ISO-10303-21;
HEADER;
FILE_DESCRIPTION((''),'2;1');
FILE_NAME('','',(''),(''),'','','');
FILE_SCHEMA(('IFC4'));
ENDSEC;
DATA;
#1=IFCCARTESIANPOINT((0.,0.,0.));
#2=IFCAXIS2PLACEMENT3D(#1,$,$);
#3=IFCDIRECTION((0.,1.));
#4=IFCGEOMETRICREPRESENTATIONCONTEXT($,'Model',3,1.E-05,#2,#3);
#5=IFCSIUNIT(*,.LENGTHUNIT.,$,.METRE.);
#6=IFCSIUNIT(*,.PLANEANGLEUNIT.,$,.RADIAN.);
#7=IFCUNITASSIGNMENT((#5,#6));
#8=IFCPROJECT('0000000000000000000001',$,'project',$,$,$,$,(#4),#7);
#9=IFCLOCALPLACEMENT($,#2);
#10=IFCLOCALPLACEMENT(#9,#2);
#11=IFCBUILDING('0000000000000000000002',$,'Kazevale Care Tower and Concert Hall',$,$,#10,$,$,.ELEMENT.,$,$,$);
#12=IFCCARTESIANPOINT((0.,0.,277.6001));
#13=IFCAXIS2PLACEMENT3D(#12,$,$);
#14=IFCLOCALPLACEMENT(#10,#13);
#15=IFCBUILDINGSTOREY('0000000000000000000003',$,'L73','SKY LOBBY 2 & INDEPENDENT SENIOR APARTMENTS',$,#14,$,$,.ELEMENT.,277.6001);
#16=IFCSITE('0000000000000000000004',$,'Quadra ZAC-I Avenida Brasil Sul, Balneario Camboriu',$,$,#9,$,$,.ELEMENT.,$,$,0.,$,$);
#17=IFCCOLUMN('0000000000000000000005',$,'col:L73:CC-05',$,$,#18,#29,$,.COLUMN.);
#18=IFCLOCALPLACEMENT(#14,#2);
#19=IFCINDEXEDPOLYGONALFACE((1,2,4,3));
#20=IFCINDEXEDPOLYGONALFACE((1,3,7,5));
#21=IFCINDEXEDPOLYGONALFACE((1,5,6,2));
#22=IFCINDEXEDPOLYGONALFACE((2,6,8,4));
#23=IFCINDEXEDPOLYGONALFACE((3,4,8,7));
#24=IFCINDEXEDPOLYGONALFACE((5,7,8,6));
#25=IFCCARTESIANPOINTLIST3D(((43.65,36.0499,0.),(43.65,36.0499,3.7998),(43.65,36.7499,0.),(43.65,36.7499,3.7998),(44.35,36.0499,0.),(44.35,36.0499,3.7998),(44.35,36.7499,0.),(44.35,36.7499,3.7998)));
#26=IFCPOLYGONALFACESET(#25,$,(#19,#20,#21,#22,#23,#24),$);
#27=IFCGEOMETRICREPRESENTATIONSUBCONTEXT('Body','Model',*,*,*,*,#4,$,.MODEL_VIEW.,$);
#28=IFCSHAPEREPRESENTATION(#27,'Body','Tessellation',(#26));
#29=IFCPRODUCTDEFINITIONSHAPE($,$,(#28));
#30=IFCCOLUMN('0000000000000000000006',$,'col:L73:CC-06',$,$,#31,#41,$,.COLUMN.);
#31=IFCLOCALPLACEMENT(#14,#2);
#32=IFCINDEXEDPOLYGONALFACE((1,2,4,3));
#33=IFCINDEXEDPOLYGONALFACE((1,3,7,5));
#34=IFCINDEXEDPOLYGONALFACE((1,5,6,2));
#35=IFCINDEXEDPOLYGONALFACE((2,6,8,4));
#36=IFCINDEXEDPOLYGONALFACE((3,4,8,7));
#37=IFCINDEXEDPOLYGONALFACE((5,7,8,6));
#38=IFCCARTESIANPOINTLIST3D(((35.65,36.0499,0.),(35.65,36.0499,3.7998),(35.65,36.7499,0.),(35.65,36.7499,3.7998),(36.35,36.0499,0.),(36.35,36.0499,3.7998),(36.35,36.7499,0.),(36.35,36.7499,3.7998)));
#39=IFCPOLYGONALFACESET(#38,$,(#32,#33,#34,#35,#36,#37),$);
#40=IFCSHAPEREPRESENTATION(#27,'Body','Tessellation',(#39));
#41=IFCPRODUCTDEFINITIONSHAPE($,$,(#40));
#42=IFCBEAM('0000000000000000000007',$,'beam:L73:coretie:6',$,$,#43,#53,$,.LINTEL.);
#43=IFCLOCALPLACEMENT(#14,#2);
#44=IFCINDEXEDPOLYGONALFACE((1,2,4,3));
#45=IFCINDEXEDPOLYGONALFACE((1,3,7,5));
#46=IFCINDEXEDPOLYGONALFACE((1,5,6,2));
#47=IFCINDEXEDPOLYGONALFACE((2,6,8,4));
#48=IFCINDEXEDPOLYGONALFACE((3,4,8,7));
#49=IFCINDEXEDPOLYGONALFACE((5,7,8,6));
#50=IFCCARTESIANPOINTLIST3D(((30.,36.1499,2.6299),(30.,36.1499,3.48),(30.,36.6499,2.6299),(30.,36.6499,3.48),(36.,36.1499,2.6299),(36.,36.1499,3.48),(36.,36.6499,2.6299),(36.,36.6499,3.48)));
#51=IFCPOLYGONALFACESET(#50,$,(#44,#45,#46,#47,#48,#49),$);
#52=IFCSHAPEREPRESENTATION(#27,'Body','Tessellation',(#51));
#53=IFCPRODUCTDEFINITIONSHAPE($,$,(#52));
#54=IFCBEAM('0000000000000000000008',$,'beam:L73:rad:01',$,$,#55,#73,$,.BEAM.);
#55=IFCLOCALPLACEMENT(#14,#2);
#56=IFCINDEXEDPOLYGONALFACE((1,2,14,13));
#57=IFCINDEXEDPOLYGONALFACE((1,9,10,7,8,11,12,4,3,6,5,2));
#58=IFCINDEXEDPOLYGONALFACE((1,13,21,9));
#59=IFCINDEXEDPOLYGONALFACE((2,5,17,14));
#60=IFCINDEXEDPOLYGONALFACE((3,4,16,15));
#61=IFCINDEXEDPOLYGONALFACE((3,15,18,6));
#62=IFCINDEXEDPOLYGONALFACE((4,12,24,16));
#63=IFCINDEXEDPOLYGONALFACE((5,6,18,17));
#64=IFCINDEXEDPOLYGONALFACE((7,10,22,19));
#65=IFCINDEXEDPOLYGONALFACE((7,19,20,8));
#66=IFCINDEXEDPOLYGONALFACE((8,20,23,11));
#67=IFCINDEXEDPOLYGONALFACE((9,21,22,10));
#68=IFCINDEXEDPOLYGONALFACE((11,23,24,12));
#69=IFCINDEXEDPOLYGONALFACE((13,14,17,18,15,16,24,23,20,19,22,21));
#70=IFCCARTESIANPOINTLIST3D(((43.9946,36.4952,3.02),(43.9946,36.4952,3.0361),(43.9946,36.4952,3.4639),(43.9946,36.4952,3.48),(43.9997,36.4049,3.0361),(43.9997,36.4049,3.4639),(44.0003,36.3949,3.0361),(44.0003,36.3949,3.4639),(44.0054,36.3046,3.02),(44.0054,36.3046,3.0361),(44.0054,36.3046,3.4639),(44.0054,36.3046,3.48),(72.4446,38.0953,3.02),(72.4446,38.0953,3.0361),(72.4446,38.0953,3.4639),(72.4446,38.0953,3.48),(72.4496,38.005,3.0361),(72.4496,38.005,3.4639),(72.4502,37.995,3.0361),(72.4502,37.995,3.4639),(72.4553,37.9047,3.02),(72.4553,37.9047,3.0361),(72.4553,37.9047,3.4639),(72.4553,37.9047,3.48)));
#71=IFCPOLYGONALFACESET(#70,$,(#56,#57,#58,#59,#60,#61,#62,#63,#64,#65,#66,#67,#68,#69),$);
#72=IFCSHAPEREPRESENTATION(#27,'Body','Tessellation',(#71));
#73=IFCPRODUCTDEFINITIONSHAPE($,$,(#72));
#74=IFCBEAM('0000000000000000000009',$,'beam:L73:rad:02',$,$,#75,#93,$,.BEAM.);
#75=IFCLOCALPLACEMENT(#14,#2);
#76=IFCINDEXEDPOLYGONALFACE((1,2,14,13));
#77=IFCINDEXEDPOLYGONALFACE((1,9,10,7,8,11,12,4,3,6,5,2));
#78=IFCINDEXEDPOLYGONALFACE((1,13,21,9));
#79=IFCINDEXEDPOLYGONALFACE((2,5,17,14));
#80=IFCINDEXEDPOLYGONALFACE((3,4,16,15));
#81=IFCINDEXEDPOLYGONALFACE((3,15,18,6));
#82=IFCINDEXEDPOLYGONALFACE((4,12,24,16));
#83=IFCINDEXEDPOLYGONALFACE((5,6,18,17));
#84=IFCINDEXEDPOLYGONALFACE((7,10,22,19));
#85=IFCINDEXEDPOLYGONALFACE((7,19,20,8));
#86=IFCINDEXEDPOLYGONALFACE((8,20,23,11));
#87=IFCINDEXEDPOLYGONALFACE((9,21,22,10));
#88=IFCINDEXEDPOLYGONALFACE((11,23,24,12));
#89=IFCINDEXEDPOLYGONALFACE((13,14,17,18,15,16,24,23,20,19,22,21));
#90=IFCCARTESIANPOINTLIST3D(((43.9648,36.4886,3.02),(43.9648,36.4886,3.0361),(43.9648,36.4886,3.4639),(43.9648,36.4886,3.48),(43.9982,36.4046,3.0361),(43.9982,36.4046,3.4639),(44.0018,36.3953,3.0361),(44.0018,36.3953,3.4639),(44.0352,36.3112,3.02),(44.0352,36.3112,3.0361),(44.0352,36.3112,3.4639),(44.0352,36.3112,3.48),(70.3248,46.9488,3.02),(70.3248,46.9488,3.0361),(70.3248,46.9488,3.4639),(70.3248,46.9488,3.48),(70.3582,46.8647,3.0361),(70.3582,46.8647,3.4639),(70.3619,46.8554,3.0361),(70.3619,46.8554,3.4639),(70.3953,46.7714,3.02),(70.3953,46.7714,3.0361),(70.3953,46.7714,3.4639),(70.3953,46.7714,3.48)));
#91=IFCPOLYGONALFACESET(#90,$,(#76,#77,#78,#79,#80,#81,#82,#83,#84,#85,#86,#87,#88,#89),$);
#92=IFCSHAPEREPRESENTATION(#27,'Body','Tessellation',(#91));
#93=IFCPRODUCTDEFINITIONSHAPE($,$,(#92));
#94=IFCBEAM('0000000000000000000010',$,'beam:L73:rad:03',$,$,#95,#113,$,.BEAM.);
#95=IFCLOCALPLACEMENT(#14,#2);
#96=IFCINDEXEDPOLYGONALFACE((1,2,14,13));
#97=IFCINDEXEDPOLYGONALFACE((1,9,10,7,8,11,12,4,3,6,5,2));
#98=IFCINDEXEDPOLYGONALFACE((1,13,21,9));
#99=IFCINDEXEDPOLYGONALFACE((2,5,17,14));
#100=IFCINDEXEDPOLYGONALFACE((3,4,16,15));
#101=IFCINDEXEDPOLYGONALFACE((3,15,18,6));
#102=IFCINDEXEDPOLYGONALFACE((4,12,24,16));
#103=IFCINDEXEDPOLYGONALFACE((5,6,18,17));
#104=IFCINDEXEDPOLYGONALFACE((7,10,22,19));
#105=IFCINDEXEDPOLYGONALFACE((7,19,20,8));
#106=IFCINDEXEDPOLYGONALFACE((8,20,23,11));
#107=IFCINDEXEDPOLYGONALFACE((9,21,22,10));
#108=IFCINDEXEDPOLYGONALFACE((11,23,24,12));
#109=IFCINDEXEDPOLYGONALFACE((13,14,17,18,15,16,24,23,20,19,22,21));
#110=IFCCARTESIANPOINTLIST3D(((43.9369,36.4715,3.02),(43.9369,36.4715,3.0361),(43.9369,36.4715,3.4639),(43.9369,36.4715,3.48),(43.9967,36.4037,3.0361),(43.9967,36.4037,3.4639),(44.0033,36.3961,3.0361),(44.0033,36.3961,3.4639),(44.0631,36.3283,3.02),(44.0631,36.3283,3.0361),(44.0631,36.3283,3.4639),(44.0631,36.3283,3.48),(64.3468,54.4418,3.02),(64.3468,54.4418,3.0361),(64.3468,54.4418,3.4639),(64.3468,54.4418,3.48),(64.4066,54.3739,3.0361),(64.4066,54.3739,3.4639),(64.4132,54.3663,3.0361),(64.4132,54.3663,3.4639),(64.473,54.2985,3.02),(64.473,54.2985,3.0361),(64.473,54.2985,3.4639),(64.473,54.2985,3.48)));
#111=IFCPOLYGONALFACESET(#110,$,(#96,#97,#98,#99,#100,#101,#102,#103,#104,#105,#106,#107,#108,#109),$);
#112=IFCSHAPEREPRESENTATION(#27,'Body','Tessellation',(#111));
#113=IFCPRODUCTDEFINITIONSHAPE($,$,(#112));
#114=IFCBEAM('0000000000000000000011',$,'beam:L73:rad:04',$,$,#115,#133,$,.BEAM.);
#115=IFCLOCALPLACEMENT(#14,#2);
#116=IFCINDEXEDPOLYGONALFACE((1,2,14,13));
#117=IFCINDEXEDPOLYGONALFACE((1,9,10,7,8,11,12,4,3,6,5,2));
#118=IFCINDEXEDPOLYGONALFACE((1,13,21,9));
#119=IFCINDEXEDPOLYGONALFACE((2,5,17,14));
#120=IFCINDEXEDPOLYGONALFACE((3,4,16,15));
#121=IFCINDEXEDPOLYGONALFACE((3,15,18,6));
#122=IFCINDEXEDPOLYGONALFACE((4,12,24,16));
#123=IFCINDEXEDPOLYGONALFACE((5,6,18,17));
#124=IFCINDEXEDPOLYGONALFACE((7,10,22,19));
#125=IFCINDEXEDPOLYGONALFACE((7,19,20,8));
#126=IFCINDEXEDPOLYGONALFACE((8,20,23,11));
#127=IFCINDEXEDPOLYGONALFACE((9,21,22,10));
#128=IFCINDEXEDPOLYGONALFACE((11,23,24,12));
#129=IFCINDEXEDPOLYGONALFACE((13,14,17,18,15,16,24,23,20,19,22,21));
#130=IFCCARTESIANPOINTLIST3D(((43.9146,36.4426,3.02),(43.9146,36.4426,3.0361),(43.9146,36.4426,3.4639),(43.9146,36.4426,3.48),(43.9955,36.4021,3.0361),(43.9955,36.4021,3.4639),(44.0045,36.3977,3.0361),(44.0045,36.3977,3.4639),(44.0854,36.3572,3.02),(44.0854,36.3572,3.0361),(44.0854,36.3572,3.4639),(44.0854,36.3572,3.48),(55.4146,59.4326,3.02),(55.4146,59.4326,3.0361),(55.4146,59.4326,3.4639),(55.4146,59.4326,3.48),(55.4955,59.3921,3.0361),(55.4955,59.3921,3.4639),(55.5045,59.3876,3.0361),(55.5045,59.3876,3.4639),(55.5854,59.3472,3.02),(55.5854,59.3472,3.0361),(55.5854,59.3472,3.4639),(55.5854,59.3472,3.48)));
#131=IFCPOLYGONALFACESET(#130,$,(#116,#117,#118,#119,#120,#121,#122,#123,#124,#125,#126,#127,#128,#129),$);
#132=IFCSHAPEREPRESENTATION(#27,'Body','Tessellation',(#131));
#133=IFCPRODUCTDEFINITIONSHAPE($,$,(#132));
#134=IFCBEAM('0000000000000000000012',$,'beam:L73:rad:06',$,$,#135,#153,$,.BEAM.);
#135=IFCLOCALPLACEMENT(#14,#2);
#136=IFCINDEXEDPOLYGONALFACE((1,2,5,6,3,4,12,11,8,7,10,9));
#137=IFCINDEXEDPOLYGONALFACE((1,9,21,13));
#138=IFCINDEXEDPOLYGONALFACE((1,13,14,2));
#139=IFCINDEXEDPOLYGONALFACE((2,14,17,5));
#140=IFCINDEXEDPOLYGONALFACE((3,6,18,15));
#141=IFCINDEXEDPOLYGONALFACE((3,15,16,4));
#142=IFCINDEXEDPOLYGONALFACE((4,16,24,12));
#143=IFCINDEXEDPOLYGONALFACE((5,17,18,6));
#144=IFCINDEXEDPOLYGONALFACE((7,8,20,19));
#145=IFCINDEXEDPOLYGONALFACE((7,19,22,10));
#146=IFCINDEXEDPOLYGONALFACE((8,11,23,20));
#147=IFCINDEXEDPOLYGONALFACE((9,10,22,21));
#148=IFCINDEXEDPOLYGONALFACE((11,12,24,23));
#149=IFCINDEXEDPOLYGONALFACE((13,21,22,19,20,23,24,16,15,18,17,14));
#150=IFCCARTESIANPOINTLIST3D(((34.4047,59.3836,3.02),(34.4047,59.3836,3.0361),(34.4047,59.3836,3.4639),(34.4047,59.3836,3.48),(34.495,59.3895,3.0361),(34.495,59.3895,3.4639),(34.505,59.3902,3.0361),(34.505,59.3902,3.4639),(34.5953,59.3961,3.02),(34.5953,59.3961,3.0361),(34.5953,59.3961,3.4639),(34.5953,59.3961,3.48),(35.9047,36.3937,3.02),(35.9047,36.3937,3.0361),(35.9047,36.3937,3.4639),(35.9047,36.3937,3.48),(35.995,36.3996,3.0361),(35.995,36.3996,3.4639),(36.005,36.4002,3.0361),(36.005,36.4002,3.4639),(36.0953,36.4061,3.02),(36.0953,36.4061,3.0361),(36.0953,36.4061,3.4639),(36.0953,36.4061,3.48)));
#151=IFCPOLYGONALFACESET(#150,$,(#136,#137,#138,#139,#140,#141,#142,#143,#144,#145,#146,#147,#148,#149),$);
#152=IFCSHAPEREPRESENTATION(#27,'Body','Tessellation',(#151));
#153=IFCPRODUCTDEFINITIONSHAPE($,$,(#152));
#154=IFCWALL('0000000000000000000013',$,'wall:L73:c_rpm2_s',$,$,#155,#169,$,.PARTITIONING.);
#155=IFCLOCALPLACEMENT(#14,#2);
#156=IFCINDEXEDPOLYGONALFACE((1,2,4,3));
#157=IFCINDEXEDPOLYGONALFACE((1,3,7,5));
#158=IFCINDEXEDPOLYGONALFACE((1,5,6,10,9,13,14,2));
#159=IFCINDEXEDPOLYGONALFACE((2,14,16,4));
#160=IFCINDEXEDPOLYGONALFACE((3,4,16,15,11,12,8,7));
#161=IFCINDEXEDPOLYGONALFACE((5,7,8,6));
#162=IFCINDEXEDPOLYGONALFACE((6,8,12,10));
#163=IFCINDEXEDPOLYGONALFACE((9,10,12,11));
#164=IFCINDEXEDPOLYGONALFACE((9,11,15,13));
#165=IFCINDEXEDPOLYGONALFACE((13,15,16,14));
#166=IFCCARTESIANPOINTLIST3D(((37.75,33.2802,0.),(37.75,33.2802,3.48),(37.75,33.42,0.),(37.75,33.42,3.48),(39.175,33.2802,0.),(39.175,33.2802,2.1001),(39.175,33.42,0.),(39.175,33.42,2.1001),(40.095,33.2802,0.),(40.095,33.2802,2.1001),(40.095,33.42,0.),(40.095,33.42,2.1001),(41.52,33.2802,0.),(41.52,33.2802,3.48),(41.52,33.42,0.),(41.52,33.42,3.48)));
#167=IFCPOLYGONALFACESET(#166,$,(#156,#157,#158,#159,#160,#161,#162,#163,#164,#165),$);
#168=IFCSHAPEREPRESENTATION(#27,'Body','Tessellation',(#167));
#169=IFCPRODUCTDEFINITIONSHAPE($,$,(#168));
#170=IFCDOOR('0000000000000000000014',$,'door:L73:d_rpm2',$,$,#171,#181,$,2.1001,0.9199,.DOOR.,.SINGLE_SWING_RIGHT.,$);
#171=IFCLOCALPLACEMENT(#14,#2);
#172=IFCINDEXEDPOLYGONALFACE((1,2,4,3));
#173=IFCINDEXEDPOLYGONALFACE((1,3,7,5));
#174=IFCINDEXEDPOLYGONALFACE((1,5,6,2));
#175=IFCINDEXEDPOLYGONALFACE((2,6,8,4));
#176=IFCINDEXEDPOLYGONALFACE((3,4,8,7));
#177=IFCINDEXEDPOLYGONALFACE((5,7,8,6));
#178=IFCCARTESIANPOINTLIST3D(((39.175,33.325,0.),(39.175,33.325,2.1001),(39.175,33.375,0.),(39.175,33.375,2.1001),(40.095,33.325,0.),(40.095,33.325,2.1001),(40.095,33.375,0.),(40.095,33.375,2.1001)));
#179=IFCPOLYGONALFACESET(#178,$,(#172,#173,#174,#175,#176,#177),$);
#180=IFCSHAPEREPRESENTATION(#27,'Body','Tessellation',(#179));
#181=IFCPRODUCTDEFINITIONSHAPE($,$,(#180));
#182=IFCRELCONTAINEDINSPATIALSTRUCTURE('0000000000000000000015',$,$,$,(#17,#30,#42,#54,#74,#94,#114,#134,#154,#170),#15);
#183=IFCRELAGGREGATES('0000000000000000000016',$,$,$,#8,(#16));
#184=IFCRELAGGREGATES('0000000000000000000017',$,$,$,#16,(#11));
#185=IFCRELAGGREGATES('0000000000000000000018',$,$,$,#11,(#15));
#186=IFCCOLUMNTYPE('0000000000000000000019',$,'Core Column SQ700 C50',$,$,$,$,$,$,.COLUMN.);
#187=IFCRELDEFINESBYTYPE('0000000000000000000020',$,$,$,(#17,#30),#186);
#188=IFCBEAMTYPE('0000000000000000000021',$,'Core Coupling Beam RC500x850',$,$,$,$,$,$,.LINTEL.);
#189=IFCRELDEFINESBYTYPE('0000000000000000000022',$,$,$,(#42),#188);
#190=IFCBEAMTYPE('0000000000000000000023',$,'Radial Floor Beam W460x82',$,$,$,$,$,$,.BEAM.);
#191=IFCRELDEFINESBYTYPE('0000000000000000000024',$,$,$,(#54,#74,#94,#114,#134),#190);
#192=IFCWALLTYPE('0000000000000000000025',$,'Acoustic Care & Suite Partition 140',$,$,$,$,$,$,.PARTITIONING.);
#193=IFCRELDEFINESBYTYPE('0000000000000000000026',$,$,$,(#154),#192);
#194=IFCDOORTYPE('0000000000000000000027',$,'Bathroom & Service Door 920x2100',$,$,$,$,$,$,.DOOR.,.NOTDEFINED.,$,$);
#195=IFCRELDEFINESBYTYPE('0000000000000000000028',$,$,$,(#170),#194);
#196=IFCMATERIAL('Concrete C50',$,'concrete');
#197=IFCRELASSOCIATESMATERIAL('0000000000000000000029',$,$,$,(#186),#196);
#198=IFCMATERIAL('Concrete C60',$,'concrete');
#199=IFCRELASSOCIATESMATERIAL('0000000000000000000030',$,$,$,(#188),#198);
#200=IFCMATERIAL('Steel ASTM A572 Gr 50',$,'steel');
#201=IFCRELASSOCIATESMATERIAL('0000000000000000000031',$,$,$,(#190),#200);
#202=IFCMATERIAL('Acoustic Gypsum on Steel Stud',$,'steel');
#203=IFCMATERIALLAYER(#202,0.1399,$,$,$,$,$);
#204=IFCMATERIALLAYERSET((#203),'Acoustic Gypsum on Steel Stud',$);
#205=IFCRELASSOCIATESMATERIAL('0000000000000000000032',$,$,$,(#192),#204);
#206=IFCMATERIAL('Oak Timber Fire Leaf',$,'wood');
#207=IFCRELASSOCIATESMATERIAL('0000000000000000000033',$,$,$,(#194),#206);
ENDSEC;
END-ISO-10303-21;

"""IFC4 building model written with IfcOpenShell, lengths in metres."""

from ifc_helpers import new_model, si_unit, direction, frame, frame_2d, origin, origin_2d, place, context, subcontext, project, spatial, rectangle, i_section, extrude, material, layer, layer_set, material_profile, profile_set, type_object, element, fill, save


model = new_model("IFC4")

# Units and contexts
model_context = context("Model", 3, precision=1e-05, world=origin(), true_north=direction((0.0, 1.0)))
body_context = subcontext(model_context, "Body", "Model", "MODEL_VIEW")
ifc_project = project(units=[si_unit("LENGTHUNIT", "METRE"), si_unit("PLANEANGLEUNIT", "RADIAN")], contexts=[model_context])

# Site, building, storey
site_placement = place(None, origin())
site = spatial("IfcSite", under=ifc_project, at=site_placement, Name="Quadra ZAC-I Avenida Brasil Sul, Balneario Camboriu", CompositionType="ELEMENT", RefElevation=0.0)
building_placement = place(site_placement, origin())
building = spatial("IfcBuilding", under=site, at=building_placement, Name="Kazevale Care Tower and Concert Hall", CompositionType="ELEMENT")
storey_placement = place(building_placement, frame((0.0, 0.0, 277.6001)))
storey = spatial("IfcBuildingStorey", under=building, at=storey_placement, Name="L73", Description="SKY LOBBY 2 & INDEPENDENT SENIOR APARTMENTS", CompositionType="ELEMENT", Elevation=277.6001)

# Columns
ifc_material_1 = material(Name="Concrete C50", Category="concrete")
ifc_material_profile_1 = material_profile(ifc_material_1, rectangle(XDim=0.7, YDim=0.7, at=origin_2d()), Name="RC-SQ700")
ifc_profile_set_1 = profile_set([ifc_material_profile_1], Name="Concrete C50")
column_type = type_object("IfcColumnType", Name="Core Column SQ700 C50", PredefinedType="COLUMN", material=ifc_profile_set_1)
for number, where, z_axis, x_axis, name in (
    (1, (44.0, 36.3999, 0.0), (0.0, 0.0, 1.0), (1.0, 0.0, 0.0), "col:L73:CC-05"),
    (2, (36.0, 36.3999, 0.0), (0.0, 0.0, 1.0), (1.0, 0.0, 0.0), "col:L73:CC-06"),
):
    element("IfcColumn", number, at=place(storey_placement, frame(where, z_axis=z_axis, x_axis=x_axis)), inside=storey, type_object=column_type, Name=name, PredefinedType="COLUMN", context=body_context, shape_type="SweptSolid", body=[
        extrude(rectangle(XDim=0.7, YDim=0.7, at=origin_2d()), origin(), (0.0, 0.0, 1.0), 3.7998),
    ])

# Beams
ifc_material_2 = material(Name="Concrete C60", Category="concrete")
ifc_material_profile_2 = material_profile(ifc_material_2, rectangle(XDim=0.5, YDim=0.8501, at=origin_2d()), Name="RC-B500x850")
ifc_profile_set_2 = profile_set([ifc_material_profile_2], Name="Concrete C60")
beam_type_1 = type_object("IfcBeamType", Name="Core Coupling Beam RC500x850", PredefinedType="LINTEL", material=ifc_profile_set_2)
beam_1_placement = place(storey_placement, frame((36.0, 36.3999, 3.0549), z_axis=(-1.0, 0.0, 0.0), x_axis=(0.0, -1.0, 0.0)))
element("IfcBeam", 3, at=beam_1_placement, inside=storey, type_object=beam_type_1, Name="beam:L73:coretie:6", PredefinedType="LINTEL", context=body_context, shape_type="SweptSolid", body=[
    extrude(rectangle(XDim=0.5, YDim=0.8501, at=origin_2d()), origin(), (0.0, 0.0, 1.0), 6.0),
])
ifc_material_3 = material(Name="Steel ASTM A572 Gr 50", Category="steel")
ifc_material_profile_3 = material_profile(ifc_material_3, i_section(OverallWidth=0.1909, OverallDepth=0.46, WebThickness=0.01, FlangeThickness=0.0161, at=origin_2d()), Name="W460x82")
ifc_profile_set_3 = profile_set([ifc_material_profile_3], Name="Steel ASTM A572 Gr 50")
beam_type_2 = type_object("IfcBeamType", Name="Radial Floor Beam W460x82", PredefinedType="BEAM", material=ifc_profile_set_3)
beam_2_placement = place(storey_placement, frame((44.0, 36.3999, 3.25), z_axis=(0.998422, 0.056154, 0.0), x_axis=(-0.056154, 0.998422, 0.0)))
element("IfcBeam", 4, at=beam_2_placement, inside=storey, type_object=beam_type_2, Name="beam:L73:rad:01", PredefinedType="BEAM", context=body_context, shape_type="SweptSolid", body=[
    extrude(i_section(OverallWidth=0.1909, OverallDepth=0.46, WebThickness=0.01, FlangeThickness=0.0161, at=origin_2d()), origin(), (0.0, 0.0, 1.0), 28.4949),
])
beam_3_placement = place(storey_placement, frame((44.0, 36.3999, 3.25), z_axis=(0.929493, 0.368841, 0.0), x_axis=(-0.368841, 0.929493, 0.0)))
element("IfcBeam", 5, at=beam_3_placement, inside=storey, type_object=beam_type_2, Name="beam:L73:rad:02", PredefinedType="BEAM", context=body_context, shape_type="SweptSolid", body=[
    extrude(i_section(OverallWidth=0.1909, OverallDepth=0.46, WebThickness=0.01, FlangeThickness=0.0161, at=origin_2d()), origin(), (0.0, 0.0, 1.0), 28.3596),
])
beam_4_placement = place(storey_placement, frame((44.0, 36.3999, 3.25), z_axis=(0.75054, 0.660825, 0.0), x_axis=(-0.660825, 0.75054, 0.0)))
element("IfcBeam", 6, at=beam_4_placement, inside=storey, type_object=beam_type_2, Name="beam:L73:rad:03", PredefinedType="BEAM", context=body_context, shape_type="SweptSolid", body=[
    extrude(i_section(OverallWidth=0.1909, OverallDepth=0.46, WebThickness=0.01, FlangeThickness=0.0161, at=origin_2d()), origin(), (0.0, 0.0, 1.0), 27.1936),
])
beam_5_placement = place(storey_placement, frame((44.0, 36.3999, 3.25), z_axis=(0.447369, 0.894349, 0.0), x_axis=(-0.894349, 0.447369, 0.0)))
element("IfcBeam", 7, at=beam_5_placement, inside=storey, type_object=beam_type_2, Name="beam:L73:rad:04", PredefinedType="BEAM", context=body_context, shape_type="SweptSolid", body=[
    extrude(i_section(OverallWidth=0.1909, OverallDepth=0.46, WebThickness=0.01, FlangeThickness=0.0161, at=origin_2d()), origin(), (0.0, 0.0, 1.0), 25.7058),
])
beam_6_placement = place(storey_placement, frame((36.0, 36.3999, 3.25), z_axis=(-0.065107, 0.997878, 0.0), x_axis=(-0.997878, -0.065107, 0.0)))
element("IfcBeam", 8, at=beam_6_placement, inside=storey, type_object=beam_type_2, Name="beam:L73:rad:06", PredefinedType="BEAM", context=body_context, shape_type="SweptSolid", body=[
    extrude(i_section(OverallWidth=0.1909, OverallDepth=0.46, WebThickness=0.01, FlangeThickness=0.0161, at=origin_2d()), origin(), (0.0, 0.0, 1.0), 23.0388),
])

# Wall, opening, door
ifc_material_4 = material(Name="Acoustic Gypsum on Steel Stud", Category="steel")
ifc_layer_1 = layer(ifc_material_4, 0.1399)
ifc_layer_set_1 = layer_set([ifc_layer_1], Name="Acoustic Gypsum on Steel Stud")
wall_type_1 = type_object("IfcWallType", Name="Acoustic Care & Suite Partition 140", PredefinedType="PARTITIONING", material=ifc_layer_set_1)
wall_1_placement = place(storey_placement, frame((37.75, 33.3501, 0.0), z_axis=(0.0, 0.0, 1.0), x_axis=(1.0, 0.0, 0.0)))
wall_1 = element("IfcWall", 9, at=wall_1_placement, inside=storey, type_object=wall_type_1, Name="wall:L73:c_rpm2_s", PredefinedType="PARTITIONING", context=body_context, shape_type="SweptSolid", body=[
    extrude(rectangle(XDim=3.77, YDim=0.1399, at=frame_2d((1.885, 0.0))), origin(), (0.0, 0.0, 1.0), 3.48),
])
opening_1_placement = place(wall_1_placement, frame((1.425, 0.0, 0.0)))
opening_1 = element("IfcOpeningElement", 10, at=opening_1_placement, cuts=wall_1, PredefinedType="OPENING", context=body_context, shape_type="SweptSolid", body=[
    extrude(rectangle(XDim=0.9199, YDim=2.1001, at=frame_2d((0.46, 1.05))), frame((0.0, 0.0798, 0.0), z_axis=(0.0, -1.0, 0.0), x_axis=(1.0, 0.0, 0.0)), (0.0, 0.0, 1.0), 0.1599),
])
ifc_material_5 = material(Name="Oak Timber Fire Leaf", Category="wood")
door_type = type_object("IfcDoorType", Name="Bathroom & Service Door 920x2100", OperationType="NOTDEFINED", PredefinedType="DOOR", material=ifc_material_5)
door_1_placement = place(opening_1_placement, origin())
door_1 = element("IfcDoor", 11, at=door_1_placement, inside=storey, type_object=door_type, Name="door:L73:d_rpm2", OperationType="SINGLE_SWING_RIGHT", OverallHeight=2.1001, OverallWidth=0.9199, PredefinedType="DOOR", context=body_context, shape_type="SweptSolid", body=[
    extrude(rectangle(XDim=0.9199, YDim=2.1001, at=frame_2d((0.46, 1.05))), frame((0.0, 0.0249, 0.0), z_axis=(0.0, -1.0, 0.0), x_axis=(1.0, 0.0, 0.0)), (0.0, 0.0, 1.0), 0.05),
])
fill(opening_1, door_1)

save(model, "model.ifc")
